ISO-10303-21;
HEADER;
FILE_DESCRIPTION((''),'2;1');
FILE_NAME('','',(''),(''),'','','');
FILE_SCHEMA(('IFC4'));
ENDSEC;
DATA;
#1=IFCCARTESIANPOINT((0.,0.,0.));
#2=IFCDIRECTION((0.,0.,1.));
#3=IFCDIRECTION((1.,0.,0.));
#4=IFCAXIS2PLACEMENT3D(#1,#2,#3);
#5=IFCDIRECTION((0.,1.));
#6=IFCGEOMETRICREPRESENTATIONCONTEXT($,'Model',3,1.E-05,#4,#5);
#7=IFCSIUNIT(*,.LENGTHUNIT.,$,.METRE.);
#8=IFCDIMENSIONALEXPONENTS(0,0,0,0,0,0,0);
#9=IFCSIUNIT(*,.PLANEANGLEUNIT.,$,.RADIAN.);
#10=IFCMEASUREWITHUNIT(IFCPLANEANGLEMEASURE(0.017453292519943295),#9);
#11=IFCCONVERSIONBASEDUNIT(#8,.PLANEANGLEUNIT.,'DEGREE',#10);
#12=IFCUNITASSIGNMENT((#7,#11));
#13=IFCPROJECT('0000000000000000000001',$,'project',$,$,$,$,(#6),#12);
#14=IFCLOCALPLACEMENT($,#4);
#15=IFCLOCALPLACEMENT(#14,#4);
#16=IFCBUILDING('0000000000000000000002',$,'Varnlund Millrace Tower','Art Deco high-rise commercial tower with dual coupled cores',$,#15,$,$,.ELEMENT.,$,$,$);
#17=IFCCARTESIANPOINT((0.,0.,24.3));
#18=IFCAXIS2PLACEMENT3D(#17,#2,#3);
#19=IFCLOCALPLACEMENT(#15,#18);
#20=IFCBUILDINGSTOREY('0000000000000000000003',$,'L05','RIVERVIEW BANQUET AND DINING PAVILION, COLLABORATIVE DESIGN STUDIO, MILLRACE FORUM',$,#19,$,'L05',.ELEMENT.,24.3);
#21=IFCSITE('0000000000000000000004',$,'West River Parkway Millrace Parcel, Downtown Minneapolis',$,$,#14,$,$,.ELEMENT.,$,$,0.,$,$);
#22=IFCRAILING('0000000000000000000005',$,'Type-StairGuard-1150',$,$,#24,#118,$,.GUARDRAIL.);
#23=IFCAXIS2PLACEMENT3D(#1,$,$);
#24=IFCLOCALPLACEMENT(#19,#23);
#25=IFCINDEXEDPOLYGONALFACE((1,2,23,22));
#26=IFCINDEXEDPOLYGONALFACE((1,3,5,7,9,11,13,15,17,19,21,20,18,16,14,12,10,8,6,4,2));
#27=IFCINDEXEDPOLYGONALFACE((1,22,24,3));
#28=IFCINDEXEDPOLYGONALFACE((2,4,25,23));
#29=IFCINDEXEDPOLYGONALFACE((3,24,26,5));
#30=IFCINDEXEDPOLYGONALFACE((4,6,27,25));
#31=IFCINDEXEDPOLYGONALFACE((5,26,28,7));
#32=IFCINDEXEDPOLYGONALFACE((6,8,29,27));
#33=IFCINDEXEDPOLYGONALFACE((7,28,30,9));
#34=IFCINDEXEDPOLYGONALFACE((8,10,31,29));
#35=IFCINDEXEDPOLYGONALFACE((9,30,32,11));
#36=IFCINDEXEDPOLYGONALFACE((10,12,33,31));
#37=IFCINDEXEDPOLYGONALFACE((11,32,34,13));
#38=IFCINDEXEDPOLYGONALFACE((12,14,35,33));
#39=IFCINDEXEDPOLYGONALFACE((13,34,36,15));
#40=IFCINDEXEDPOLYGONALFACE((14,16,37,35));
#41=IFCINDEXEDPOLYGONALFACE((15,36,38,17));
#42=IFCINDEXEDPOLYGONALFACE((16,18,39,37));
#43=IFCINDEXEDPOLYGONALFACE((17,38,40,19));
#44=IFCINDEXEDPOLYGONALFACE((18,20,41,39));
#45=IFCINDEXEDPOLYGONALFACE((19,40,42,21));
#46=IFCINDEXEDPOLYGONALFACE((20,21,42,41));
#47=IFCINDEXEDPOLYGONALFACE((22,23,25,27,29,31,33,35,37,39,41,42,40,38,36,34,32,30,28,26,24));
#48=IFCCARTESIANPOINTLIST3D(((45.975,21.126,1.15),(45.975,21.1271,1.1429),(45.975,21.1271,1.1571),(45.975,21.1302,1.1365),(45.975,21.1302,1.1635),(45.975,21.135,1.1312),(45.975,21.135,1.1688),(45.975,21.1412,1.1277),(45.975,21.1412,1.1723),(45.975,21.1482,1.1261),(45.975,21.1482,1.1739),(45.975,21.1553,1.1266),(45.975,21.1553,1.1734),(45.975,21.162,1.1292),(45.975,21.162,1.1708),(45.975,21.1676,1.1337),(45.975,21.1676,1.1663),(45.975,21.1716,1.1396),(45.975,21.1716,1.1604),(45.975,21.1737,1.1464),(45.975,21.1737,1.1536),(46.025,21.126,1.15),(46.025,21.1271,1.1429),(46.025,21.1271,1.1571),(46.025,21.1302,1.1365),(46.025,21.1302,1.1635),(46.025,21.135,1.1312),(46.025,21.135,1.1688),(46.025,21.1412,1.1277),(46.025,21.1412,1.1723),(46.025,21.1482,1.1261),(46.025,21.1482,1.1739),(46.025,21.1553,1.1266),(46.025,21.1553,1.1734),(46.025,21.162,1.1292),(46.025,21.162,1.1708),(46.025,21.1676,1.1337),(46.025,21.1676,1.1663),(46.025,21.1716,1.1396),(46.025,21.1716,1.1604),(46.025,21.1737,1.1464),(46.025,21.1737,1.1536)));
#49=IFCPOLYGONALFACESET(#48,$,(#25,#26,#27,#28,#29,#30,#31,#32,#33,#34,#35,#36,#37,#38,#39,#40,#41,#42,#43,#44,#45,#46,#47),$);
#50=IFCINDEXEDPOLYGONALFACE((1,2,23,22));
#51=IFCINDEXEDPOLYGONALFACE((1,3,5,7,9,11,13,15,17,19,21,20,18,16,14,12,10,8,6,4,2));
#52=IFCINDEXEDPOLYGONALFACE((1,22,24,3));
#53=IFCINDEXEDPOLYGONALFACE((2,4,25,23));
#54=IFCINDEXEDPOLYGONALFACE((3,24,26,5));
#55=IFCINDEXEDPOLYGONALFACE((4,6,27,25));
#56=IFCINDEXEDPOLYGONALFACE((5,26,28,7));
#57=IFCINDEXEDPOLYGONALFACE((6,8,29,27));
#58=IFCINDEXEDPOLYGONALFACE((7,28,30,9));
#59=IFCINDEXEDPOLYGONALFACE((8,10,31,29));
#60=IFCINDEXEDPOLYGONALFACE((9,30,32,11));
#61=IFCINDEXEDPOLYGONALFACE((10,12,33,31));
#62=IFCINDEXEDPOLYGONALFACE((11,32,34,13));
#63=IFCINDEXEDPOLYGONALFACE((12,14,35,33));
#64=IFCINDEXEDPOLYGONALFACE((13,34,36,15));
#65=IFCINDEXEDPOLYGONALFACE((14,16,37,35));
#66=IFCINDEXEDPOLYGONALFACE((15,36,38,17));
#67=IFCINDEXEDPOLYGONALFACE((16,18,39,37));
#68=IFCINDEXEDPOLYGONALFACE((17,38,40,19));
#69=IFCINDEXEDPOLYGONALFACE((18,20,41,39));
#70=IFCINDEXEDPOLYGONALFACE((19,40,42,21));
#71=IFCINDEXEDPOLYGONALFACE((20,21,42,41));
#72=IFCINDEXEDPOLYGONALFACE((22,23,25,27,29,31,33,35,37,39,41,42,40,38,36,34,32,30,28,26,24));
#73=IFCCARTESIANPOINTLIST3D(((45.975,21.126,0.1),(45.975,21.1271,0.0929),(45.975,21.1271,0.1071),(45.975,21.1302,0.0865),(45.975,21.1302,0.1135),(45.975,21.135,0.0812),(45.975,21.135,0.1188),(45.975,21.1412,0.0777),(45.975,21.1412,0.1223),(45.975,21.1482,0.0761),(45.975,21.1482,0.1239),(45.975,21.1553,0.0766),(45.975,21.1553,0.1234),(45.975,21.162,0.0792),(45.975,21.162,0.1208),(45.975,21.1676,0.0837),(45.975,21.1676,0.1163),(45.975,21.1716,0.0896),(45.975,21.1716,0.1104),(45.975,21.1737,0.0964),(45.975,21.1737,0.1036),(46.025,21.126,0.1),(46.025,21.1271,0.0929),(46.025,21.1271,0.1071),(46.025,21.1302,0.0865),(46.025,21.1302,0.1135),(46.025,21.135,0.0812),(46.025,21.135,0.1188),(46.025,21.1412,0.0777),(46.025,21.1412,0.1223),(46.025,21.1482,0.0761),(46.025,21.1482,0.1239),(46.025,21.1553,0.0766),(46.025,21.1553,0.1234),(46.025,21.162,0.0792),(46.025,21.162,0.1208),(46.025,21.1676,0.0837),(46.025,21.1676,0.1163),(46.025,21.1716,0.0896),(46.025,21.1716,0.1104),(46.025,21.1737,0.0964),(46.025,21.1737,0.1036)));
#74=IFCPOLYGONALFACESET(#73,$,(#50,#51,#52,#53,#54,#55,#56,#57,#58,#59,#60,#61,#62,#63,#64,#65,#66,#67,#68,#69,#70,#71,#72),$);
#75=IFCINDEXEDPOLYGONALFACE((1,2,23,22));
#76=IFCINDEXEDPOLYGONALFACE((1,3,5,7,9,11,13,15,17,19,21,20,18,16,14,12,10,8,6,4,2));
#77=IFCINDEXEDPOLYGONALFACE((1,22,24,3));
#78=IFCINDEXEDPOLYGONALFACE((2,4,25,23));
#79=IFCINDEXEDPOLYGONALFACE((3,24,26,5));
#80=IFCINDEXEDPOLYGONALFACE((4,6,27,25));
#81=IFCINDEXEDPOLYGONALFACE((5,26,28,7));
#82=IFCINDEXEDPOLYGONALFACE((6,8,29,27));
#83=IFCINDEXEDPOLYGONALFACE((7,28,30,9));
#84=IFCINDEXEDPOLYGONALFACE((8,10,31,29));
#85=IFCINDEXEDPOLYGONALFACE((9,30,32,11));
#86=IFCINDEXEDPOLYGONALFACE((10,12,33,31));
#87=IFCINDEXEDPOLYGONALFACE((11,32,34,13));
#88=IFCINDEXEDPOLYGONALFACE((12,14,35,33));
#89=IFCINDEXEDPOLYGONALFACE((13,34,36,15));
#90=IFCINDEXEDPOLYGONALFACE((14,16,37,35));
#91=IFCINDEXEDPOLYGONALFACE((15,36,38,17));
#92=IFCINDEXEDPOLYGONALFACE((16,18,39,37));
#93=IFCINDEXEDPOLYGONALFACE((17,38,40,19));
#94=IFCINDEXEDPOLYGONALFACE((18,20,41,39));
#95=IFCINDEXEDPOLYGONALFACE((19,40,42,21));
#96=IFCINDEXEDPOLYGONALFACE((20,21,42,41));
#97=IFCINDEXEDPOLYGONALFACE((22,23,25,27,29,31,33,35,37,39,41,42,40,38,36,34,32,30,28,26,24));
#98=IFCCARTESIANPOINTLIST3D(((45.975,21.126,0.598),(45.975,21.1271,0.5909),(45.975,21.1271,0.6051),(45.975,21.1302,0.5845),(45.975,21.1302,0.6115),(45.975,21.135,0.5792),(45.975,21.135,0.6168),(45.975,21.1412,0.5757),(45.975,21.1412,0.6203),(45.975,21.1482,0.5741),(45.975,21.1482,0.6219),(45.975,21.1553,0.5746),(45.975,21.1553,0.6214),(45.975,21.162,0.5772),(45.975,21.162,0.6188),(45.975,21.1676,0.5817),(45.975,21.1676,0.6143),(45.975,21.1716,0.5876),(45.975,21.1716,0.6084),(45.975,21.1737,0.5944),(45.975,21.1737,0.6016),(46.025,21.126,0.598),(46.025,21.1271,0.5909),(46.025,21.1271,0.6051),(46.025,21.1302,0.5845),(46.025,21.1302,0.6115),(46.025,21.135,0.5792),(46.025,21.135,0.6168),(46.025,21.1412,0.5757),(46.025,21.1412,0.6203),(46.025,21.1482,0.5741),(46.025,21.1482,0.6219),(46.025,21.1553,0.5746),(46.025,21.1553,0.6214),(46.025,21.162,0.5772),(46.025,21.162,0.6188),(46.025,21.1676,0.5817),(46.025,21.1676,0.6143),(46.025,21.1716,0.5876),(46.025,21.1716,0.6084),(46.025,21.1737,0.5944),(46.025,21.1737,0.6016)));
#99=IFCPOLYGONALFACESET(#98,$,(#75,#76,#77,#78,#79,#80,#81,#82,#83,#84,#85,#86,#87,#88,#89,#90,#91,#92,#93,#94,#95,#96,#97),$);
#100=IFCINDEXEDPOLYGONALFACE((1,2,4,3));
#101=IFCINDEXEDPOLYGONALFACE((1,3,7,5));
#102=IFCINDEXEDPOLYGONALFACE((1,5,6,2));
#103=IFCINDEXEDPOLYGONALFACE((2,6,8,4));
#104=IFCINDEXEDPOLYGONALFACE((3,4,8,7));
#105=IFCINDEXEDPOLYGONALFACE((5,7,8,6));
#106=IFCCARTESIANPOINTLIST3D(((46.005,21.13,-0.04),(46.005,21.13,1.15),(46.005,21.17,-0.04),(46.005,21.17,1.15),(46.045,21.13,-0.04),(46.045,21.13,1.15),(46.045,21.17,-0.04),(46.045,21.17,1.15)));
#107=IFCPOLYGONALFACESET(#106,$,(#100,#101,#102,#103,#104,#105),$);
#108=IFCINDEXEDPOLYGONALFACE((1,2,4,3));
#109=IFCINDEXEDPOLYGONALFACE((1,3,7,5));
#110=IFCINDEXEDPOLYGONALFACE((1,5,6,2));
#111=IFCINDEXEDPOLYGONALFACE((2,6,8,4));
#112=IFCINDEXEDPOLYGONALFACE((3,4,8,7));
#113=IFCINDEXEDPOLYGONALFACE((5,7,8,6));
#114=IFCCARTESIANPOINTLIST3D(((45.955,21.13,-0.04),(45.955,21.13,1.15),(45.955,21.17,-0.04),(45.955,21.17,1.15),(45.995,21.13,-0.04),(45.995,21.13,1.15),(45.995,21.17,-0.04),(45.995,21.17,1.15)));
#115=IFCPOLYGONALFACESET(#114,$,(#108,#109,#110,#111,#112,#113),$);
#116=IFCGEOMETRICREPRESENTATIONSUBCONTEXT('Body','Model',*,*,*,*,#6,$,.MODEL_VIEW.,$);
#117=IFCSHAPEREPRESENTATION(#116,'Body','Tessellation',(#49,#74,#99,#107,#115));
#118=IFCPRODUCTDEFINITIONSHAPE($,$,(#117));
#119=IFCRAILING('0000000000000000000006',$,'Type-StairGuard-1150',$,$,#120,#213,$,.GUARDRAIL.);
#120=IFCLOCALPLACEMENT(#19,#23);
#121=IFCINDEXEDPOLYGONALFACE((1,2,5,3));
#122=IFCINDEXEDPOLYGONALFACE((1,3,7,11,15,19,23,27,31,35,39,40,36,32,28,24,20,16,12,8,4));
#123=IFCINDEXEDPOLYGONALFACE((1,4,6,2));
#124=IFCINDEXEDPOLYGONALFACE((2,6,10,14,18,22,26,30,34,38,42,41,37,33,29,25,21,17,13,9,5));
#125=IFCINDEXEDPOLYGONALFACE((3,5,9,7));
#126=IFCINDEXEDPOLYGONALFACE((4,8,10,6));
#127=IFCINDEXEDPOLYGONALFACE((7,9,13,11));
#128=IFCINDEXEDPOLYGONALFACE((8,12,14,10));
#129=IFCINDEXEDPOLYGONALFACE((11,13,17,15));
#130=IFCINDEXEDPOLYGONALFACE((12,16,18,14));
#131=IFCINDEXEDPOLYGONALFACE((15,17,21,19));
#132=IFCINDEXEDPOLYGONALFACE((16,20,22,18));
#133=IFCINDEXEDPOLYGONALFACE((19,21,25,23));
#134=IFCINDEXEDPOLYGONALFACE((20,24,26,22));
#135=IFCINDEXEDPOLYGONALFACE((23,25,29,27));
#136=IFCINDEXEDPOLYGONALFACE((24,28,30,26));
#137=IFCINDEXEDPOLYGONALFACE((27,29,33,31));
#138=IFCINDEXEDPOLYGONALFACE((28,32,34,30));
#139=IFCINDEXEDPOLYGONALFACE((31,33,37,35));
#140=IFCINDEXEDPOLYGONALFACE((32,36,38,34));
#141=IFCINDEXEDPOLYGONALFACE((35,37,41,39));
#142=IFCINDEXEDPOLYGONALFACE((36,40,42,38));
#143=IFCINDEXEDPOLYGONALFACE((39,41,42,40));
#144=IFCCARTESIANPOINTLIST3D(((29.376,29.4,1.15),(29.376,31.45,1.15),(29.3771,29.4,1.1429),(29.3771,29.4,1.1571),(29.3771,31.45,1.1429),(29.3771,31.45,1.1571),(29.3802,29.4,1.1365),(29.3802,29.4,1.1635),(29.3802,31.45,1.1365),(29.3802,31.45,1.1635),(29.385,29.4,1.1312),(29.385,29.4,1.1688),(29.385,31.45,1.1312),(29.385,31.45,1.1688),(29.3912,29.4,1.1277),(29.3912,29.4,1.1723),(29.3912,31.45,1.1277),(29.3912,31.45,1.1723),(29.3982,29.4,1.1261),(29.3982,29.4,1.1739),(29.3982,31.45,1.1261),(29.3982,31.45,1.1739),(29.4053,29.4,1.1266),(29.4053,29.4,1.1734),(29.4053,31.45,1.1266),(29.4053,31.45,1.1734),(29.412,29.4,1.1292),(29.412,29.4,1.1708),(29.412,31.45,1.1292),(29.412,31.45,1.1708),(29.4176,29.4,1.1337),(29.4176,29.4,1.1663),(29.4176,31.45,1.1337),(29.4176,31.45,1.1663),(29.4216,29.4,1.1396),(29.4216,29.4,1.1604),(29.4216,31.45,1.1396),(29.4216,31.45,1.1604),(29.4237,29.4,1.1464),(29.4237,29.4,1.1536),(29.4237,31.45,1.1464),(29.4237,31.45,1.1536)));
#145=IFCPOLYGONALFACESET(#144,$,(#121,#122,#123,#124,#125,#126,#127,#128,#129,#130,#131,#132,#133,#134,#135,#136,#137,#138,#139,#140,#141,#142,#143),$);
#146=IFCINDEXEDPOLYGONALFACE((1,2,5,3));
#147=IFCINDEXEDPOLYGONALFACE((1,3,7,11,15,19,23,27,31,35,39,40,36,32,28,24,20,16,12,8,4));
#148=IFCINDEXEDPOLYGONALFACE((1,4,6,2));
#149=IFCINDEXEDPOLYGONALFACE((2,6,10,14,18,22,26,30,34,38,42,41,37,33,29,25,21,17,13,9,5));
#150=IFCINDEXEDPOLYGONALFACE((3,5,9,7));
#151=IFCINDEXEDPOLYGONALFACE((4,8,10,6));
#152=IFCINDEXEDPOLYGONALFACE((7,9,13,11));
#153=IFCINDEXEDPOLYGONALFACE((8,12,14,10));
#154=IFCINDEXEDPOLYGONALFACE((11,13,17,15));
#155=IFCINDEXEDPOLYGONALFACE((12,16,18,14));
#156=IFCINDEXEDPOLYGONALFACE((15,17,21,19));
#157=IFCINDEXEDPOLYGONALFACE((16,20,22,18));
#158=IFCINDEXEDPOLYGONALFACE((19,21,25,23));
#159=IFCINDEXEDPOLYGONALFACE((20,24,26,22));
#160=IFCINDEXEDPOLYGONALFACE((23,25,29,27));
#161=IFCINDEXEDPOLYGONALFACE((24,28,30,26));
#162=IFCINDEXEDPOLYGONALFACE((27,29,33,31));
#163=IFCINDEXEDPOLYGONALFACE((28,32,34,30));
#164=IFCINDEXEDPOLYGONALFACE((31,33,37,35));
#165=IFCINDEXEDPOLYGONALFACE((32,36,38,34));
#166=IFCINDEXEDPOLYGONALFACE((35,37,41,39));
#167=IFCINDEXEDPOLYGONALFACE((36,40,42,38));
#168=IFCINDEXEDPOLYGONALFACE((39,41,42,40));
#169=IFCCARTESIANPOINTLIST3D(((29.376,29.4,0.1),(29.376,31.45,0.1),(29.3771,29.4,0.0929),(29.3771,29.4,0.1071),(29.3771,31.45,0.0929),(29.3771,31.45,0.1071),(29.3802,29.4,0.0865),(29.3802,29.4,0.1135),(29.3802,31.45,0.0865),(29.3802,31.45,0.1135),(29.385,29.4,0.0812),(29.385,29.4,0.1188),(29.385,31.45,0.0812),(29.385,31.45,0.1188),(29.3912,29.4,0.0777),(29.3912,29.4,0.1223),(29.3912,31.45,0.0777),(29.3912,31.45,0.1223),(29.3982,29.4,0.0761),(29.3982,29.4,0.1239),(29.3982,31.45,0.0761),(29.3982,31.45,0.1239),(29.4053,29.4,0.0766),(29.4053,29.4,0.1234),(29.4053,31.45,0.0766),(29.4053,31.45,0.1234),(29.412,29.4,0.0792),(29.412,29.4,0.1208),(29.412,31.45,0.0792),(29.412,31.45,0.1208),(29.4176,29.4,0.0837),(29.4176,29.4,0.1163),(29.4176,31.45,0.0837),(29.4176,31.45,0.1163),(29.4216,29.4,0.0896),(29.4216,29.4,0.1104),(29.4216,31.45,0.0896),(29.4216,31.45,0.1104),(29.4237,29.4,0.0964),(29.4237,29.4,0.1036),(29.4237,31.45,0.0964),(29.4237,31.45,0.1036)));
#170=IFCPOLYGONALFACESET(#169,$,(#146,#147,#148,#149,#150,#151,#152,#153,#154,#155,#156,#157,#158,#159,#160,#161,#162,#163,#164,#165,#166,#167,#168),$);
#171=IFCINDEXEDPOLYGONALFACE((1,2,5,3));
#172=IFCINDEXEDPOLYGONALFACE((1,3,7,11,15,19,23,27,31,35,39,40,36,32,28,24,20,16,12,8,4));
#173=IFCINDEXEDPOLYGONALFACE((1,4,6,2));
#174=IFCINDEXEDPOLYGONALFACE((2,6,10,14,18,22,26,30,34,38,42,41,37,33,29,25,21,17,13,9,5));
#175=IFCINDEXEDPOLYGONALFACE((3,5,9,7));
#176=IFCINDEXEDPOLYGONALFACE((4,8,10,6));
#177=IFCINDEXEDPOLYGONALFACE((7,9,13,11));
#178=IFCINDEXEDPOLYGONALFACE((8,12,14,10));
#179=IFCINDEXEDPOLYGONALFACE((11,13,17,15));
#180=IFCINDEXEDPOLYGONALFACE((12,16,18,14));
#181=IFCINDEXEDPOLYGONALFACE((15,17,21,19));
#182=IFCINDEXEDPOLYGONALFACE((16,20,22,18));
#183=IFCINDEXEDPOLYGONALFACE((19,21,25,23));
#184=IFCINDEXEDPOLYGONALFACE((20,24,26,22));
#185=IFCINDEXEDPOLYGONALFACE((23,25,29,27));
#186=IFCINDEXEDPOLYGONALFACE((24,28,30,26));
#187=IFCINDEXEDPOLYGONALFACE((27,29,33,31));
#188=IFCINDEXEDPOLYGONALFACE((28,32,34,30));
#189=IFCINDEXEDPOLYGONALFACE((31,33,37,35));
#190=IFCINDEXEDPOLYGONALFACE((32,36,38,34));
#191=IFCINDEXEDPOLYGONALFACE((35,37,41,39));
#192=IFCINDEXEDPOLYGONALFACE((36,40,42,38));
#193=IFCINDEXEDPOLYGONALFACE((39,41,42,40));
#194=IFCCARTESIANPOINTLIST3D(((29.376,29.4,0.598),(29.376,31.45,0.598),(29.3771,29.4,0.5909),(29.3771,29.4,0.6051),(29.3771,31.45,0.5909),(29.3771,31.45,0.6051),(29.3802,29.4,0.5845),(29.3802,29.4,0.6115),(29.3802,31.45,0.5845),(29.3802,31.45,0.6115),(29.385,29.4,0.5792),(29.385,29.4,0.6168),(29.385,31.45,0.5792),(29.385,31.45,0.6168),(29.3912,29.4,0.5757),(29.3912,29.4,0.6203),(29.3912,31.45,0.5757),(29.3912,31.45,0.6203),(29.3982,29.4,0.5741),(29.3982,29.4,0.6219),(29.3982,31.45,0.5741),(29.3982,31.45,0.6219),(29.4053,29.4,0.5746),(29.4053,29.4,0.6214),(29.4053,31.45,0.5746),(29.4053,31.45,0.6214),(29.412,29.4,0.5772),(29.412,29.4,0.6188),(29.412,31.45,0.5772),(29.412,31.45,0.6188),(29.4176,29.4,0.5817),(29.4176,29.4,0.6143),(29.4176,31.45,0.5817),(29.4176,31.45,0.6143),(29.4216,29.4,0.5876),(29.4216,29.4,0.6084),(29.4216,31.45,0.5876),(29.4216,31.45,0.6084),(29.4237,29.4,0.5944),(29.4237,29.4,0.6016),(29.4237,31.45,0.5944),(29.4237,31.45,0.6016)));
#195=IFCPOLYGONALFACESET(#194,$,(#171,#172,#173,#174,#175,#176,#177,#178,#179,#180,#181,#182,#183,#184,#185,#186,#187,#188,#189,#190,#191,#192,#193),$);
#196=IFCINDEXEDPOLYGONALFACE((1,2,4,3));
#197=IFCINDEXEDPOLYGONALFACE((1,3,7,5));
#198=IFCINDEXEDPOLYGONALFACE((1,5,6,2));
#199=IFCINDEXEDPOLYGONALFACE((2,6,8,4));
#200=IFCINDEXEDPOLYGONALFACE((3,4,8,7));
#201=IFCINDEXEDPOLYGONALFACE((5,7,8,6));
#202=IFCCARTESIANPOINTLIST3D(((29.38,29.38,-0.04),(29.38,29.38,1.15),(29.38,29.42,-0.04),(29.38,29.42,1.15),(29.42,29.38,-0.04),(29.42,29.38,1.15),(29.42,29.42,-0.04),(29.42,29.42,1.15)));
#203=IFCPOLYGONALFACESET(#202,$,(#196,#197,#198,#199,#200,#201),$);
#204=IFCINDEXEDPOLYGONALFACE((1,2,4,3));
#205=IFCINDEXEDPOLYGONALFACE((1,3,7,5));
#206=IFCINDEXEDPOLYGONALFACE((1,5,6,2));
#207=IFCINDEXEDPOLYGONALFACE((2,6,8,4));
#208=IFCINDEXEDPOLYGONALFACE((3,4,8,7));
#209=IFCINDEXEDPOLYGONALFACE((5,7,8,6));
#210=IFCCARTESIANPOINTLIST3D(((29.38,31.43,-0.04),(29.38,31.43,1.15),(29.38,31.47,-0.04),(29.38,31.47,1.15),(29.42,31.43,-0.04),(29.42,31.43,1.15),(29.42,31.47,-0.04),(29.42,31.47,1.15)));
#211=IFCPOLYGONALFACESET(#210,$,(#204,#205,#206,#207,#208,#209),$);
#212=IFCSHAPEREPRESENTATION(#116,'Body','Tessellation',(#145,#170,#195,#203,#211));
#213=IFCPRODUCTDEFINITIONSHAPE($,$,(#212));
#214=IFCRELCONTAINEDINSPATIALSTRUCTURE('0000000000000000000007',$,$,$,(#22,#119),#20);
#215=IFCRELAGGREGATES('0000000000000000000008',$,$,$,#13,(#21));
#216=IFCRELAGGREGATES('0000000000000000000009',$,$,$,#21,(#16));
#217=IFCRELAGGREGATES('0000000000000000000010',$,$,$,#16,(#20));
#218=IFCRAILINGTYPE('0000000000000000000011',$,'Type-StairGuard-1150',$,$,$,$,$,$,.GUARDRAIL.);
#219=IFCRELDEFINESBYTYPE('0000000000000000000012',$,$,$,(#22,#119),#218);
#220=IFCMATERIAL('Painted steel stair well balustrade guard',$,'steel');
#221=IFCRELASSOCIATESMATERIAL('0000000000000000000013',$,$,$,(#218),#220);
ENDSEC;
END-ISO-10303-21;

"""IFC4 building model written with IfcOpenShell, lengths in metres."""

from ifc_helpers import new_model, entity, si_unit, converted_unit, direction, frame, origin_with_axes, origin_2d_with_axis, place, context, subcontext, project, spatial, rectangle, circle, extrude, material, type_object, element, save


model = new_model("IFC4")

# Units and contexts
model_context = context("Model", 3, precision=1e-05, world=origin_with_axes(), true_north=direction((0.0, 1.0)))
body_context = subcontext(model_context, "Body", "Model", "MODEL_VIEW")
ifc_project = project(units=[si_unit("LENGTHUNIT", "METRE"), converted_unit("PLANEANGLEUNIT", "DEGREE", entity("IfcPlaneAngleMeasure", 0.017453292519943295), si_unit("PLANEANGLEUNIT", "RADIAN"), dimensions=[0, 0, 0, 0, 0, 0, 0])], contexts=[model_context])

# Site, building, storey
site_placement = place(None, origin_with_axes())
site = spatial("IfcSite", under=ifc_project, at=site_placement, Name="West River Parkway Millrace Parcel, Downtown Minneapolis", CompositionType="ELEMENT", RefElevation=0.0)
building_placement = place(site_placement, origin_with_axes())
building = spatial("IfcBuilding", under=site, at=building_placement, Name="Varnlund Millrace Tower", Description="Art Deco high-rise commercial tower with dual coupled cores", CompositionType="ELEMENT")
storey_placement = place(building_placement, frame((0.0, 0.0, 24.3), z_axis=(0.0, 0.0, 1.0), x_axis=(1.0, 0.0, 0.0)))
storey = spatial("IfcBuildingStorey", under=building, at=storey_placement, Name="L05", Description="RIVERVIEW BANQUET AND DINING PAVILION, COLLABORATIVE DESIGN STUDIO, MILLRACE FORUM", LongName="L05", CompositionType="ELEMENT", Elevation=24.3)

# Railings
ifc_material_1 = material(Name="Painted steel stair well balustrade guard", Category="steel")
railing_type_1 = type_object("IfcRailingType", Name="Type-StairGuard-1150", PredefinedType="GUARDRAIL", material=ifc_material_1)
railing_1_placement = place(storey_placement, frame((0.0, 0.0, -24.3), z_axis=(0.0, 0.0, 1.0), x_axis=(1.0, 0.0, 0.0)))
element("IfcRailing", 1, at=railing_1_placement, inside=storey, type_object=railing_type_1, Name="Type-StairGuard-1150", PredefinedType="GUARDRAIL", context=body_context, shape_type="SweptSolid", body=[
    extrude(circle(Radius=0.024, at=origin_2d_with_axis()), frame((46.025, 21.15, 25.45), z_axis=(-1.0, 0.0, 0.0), x_axis=(0.0, -1.0, 0.0)), (0.0, 0.0, 1.0), 0.05),
    extrude(circle(Radius=0.024, at=origin_2d_with_axis()), frame((46.025, 21.15, 24.4), z_axis=(-1.0, 0.0, 0.0), x_axis=(0.0, -1.0, 0.0)), (0.0, 0.0, 1.0), 0.05),
    extrude(circle(Radius=0.024, at=origin_2d_with_axis()), frame((46.025, 21.15, 24.898), z_axis=(-1.0, 0.0, 0.0), x_axis=(0.0, -1.0, 0.0)), (0.0, 0.0, 1.0), 0.05),
    extrude(rectangle(XDim=0.04, YDim=0.04, at=origin_2d_with_axis()), frame((46.025, 21.15, 24.26), z_axis=(0.0, 0.0, 1.0), x_axis=(1.0, 0.0, 0.0)), (0.0, 0.0, 1.0), 1.19),
    extrude(rectangle(XDim=0.04, YDim=0.04, at=origin_2d_with_axis()), frame((45.975, 21.15, 24.26), z_axis=(0.0, 0.0, 1.0), x_axis=(1.0, 0.0, 0.0)), (0.0, 0.0, 1.0), 1.19),
])
railing_2_placement = place(storey_placement, frame((0.0, 0.0, -24.3), z_axis=(0.0, 0.0, 1.0), x_axis=(1.0, 0.0, 0.0)))
element("IfcRailing", 2, at=railing_2_placement, inside=storey, type_object=railing_type_1, Name="Type-StairGuard-1150", PredefinedType="GUARDRAIL", context=body_context, shape_type="SweptSolid", body=[
    extrude(circle(Radius=0.024, at=origin_2d_with_axis()), frame((29.4, 29.4, 25.45), z_axis=(0.0, 1.0, 0.0), x_axis=(-1.0, 0.0, 0.0)), (0.0, 0.0, 1.0), 2.05),
    extrude(circle(Radius=0.024, at=origin_2d_with_axis()), frame((29.4, 29.4, 24.4), z_axis=(0.0, 1.0, 0.0), x_axis=(-1.0, 0.0, 0.0)), (0.0, 0.0, 1.0), 2.05),
    extrude(circle(Radius=0.024, at=origin_2d_with_axis()), frame((29.4, 29.4, 24.898), z_axis=(0.0, 1.0, 0.0), x_axis=(-1.0, 0.0, 0.0)), (0.0, 0.0, 1.0), 2.05),
    extrude(rectangle(XDim=0.04, YDim=0.04, at=origin_2d_with_axis()), frame((29.4, 29.4, 24.26), z_axis=(0.0, 0.0, 1.0), x_axis=(1.0, 0.0, 0.0)), (0.0, 0.0, 1.0), 1.19),
    extrude(rectangle(XDim=0.04, YDim=0.04, at=origin_2d_with_axis()), frame((29.4, 31.45, 24.26), z_axis=(0.0, 0.0, 1.0), x_axis=(1.0, 0.0, 0.0)), (0.0, 0.0, 1.0), 1.19),
])

save(model, "model.ifc")
